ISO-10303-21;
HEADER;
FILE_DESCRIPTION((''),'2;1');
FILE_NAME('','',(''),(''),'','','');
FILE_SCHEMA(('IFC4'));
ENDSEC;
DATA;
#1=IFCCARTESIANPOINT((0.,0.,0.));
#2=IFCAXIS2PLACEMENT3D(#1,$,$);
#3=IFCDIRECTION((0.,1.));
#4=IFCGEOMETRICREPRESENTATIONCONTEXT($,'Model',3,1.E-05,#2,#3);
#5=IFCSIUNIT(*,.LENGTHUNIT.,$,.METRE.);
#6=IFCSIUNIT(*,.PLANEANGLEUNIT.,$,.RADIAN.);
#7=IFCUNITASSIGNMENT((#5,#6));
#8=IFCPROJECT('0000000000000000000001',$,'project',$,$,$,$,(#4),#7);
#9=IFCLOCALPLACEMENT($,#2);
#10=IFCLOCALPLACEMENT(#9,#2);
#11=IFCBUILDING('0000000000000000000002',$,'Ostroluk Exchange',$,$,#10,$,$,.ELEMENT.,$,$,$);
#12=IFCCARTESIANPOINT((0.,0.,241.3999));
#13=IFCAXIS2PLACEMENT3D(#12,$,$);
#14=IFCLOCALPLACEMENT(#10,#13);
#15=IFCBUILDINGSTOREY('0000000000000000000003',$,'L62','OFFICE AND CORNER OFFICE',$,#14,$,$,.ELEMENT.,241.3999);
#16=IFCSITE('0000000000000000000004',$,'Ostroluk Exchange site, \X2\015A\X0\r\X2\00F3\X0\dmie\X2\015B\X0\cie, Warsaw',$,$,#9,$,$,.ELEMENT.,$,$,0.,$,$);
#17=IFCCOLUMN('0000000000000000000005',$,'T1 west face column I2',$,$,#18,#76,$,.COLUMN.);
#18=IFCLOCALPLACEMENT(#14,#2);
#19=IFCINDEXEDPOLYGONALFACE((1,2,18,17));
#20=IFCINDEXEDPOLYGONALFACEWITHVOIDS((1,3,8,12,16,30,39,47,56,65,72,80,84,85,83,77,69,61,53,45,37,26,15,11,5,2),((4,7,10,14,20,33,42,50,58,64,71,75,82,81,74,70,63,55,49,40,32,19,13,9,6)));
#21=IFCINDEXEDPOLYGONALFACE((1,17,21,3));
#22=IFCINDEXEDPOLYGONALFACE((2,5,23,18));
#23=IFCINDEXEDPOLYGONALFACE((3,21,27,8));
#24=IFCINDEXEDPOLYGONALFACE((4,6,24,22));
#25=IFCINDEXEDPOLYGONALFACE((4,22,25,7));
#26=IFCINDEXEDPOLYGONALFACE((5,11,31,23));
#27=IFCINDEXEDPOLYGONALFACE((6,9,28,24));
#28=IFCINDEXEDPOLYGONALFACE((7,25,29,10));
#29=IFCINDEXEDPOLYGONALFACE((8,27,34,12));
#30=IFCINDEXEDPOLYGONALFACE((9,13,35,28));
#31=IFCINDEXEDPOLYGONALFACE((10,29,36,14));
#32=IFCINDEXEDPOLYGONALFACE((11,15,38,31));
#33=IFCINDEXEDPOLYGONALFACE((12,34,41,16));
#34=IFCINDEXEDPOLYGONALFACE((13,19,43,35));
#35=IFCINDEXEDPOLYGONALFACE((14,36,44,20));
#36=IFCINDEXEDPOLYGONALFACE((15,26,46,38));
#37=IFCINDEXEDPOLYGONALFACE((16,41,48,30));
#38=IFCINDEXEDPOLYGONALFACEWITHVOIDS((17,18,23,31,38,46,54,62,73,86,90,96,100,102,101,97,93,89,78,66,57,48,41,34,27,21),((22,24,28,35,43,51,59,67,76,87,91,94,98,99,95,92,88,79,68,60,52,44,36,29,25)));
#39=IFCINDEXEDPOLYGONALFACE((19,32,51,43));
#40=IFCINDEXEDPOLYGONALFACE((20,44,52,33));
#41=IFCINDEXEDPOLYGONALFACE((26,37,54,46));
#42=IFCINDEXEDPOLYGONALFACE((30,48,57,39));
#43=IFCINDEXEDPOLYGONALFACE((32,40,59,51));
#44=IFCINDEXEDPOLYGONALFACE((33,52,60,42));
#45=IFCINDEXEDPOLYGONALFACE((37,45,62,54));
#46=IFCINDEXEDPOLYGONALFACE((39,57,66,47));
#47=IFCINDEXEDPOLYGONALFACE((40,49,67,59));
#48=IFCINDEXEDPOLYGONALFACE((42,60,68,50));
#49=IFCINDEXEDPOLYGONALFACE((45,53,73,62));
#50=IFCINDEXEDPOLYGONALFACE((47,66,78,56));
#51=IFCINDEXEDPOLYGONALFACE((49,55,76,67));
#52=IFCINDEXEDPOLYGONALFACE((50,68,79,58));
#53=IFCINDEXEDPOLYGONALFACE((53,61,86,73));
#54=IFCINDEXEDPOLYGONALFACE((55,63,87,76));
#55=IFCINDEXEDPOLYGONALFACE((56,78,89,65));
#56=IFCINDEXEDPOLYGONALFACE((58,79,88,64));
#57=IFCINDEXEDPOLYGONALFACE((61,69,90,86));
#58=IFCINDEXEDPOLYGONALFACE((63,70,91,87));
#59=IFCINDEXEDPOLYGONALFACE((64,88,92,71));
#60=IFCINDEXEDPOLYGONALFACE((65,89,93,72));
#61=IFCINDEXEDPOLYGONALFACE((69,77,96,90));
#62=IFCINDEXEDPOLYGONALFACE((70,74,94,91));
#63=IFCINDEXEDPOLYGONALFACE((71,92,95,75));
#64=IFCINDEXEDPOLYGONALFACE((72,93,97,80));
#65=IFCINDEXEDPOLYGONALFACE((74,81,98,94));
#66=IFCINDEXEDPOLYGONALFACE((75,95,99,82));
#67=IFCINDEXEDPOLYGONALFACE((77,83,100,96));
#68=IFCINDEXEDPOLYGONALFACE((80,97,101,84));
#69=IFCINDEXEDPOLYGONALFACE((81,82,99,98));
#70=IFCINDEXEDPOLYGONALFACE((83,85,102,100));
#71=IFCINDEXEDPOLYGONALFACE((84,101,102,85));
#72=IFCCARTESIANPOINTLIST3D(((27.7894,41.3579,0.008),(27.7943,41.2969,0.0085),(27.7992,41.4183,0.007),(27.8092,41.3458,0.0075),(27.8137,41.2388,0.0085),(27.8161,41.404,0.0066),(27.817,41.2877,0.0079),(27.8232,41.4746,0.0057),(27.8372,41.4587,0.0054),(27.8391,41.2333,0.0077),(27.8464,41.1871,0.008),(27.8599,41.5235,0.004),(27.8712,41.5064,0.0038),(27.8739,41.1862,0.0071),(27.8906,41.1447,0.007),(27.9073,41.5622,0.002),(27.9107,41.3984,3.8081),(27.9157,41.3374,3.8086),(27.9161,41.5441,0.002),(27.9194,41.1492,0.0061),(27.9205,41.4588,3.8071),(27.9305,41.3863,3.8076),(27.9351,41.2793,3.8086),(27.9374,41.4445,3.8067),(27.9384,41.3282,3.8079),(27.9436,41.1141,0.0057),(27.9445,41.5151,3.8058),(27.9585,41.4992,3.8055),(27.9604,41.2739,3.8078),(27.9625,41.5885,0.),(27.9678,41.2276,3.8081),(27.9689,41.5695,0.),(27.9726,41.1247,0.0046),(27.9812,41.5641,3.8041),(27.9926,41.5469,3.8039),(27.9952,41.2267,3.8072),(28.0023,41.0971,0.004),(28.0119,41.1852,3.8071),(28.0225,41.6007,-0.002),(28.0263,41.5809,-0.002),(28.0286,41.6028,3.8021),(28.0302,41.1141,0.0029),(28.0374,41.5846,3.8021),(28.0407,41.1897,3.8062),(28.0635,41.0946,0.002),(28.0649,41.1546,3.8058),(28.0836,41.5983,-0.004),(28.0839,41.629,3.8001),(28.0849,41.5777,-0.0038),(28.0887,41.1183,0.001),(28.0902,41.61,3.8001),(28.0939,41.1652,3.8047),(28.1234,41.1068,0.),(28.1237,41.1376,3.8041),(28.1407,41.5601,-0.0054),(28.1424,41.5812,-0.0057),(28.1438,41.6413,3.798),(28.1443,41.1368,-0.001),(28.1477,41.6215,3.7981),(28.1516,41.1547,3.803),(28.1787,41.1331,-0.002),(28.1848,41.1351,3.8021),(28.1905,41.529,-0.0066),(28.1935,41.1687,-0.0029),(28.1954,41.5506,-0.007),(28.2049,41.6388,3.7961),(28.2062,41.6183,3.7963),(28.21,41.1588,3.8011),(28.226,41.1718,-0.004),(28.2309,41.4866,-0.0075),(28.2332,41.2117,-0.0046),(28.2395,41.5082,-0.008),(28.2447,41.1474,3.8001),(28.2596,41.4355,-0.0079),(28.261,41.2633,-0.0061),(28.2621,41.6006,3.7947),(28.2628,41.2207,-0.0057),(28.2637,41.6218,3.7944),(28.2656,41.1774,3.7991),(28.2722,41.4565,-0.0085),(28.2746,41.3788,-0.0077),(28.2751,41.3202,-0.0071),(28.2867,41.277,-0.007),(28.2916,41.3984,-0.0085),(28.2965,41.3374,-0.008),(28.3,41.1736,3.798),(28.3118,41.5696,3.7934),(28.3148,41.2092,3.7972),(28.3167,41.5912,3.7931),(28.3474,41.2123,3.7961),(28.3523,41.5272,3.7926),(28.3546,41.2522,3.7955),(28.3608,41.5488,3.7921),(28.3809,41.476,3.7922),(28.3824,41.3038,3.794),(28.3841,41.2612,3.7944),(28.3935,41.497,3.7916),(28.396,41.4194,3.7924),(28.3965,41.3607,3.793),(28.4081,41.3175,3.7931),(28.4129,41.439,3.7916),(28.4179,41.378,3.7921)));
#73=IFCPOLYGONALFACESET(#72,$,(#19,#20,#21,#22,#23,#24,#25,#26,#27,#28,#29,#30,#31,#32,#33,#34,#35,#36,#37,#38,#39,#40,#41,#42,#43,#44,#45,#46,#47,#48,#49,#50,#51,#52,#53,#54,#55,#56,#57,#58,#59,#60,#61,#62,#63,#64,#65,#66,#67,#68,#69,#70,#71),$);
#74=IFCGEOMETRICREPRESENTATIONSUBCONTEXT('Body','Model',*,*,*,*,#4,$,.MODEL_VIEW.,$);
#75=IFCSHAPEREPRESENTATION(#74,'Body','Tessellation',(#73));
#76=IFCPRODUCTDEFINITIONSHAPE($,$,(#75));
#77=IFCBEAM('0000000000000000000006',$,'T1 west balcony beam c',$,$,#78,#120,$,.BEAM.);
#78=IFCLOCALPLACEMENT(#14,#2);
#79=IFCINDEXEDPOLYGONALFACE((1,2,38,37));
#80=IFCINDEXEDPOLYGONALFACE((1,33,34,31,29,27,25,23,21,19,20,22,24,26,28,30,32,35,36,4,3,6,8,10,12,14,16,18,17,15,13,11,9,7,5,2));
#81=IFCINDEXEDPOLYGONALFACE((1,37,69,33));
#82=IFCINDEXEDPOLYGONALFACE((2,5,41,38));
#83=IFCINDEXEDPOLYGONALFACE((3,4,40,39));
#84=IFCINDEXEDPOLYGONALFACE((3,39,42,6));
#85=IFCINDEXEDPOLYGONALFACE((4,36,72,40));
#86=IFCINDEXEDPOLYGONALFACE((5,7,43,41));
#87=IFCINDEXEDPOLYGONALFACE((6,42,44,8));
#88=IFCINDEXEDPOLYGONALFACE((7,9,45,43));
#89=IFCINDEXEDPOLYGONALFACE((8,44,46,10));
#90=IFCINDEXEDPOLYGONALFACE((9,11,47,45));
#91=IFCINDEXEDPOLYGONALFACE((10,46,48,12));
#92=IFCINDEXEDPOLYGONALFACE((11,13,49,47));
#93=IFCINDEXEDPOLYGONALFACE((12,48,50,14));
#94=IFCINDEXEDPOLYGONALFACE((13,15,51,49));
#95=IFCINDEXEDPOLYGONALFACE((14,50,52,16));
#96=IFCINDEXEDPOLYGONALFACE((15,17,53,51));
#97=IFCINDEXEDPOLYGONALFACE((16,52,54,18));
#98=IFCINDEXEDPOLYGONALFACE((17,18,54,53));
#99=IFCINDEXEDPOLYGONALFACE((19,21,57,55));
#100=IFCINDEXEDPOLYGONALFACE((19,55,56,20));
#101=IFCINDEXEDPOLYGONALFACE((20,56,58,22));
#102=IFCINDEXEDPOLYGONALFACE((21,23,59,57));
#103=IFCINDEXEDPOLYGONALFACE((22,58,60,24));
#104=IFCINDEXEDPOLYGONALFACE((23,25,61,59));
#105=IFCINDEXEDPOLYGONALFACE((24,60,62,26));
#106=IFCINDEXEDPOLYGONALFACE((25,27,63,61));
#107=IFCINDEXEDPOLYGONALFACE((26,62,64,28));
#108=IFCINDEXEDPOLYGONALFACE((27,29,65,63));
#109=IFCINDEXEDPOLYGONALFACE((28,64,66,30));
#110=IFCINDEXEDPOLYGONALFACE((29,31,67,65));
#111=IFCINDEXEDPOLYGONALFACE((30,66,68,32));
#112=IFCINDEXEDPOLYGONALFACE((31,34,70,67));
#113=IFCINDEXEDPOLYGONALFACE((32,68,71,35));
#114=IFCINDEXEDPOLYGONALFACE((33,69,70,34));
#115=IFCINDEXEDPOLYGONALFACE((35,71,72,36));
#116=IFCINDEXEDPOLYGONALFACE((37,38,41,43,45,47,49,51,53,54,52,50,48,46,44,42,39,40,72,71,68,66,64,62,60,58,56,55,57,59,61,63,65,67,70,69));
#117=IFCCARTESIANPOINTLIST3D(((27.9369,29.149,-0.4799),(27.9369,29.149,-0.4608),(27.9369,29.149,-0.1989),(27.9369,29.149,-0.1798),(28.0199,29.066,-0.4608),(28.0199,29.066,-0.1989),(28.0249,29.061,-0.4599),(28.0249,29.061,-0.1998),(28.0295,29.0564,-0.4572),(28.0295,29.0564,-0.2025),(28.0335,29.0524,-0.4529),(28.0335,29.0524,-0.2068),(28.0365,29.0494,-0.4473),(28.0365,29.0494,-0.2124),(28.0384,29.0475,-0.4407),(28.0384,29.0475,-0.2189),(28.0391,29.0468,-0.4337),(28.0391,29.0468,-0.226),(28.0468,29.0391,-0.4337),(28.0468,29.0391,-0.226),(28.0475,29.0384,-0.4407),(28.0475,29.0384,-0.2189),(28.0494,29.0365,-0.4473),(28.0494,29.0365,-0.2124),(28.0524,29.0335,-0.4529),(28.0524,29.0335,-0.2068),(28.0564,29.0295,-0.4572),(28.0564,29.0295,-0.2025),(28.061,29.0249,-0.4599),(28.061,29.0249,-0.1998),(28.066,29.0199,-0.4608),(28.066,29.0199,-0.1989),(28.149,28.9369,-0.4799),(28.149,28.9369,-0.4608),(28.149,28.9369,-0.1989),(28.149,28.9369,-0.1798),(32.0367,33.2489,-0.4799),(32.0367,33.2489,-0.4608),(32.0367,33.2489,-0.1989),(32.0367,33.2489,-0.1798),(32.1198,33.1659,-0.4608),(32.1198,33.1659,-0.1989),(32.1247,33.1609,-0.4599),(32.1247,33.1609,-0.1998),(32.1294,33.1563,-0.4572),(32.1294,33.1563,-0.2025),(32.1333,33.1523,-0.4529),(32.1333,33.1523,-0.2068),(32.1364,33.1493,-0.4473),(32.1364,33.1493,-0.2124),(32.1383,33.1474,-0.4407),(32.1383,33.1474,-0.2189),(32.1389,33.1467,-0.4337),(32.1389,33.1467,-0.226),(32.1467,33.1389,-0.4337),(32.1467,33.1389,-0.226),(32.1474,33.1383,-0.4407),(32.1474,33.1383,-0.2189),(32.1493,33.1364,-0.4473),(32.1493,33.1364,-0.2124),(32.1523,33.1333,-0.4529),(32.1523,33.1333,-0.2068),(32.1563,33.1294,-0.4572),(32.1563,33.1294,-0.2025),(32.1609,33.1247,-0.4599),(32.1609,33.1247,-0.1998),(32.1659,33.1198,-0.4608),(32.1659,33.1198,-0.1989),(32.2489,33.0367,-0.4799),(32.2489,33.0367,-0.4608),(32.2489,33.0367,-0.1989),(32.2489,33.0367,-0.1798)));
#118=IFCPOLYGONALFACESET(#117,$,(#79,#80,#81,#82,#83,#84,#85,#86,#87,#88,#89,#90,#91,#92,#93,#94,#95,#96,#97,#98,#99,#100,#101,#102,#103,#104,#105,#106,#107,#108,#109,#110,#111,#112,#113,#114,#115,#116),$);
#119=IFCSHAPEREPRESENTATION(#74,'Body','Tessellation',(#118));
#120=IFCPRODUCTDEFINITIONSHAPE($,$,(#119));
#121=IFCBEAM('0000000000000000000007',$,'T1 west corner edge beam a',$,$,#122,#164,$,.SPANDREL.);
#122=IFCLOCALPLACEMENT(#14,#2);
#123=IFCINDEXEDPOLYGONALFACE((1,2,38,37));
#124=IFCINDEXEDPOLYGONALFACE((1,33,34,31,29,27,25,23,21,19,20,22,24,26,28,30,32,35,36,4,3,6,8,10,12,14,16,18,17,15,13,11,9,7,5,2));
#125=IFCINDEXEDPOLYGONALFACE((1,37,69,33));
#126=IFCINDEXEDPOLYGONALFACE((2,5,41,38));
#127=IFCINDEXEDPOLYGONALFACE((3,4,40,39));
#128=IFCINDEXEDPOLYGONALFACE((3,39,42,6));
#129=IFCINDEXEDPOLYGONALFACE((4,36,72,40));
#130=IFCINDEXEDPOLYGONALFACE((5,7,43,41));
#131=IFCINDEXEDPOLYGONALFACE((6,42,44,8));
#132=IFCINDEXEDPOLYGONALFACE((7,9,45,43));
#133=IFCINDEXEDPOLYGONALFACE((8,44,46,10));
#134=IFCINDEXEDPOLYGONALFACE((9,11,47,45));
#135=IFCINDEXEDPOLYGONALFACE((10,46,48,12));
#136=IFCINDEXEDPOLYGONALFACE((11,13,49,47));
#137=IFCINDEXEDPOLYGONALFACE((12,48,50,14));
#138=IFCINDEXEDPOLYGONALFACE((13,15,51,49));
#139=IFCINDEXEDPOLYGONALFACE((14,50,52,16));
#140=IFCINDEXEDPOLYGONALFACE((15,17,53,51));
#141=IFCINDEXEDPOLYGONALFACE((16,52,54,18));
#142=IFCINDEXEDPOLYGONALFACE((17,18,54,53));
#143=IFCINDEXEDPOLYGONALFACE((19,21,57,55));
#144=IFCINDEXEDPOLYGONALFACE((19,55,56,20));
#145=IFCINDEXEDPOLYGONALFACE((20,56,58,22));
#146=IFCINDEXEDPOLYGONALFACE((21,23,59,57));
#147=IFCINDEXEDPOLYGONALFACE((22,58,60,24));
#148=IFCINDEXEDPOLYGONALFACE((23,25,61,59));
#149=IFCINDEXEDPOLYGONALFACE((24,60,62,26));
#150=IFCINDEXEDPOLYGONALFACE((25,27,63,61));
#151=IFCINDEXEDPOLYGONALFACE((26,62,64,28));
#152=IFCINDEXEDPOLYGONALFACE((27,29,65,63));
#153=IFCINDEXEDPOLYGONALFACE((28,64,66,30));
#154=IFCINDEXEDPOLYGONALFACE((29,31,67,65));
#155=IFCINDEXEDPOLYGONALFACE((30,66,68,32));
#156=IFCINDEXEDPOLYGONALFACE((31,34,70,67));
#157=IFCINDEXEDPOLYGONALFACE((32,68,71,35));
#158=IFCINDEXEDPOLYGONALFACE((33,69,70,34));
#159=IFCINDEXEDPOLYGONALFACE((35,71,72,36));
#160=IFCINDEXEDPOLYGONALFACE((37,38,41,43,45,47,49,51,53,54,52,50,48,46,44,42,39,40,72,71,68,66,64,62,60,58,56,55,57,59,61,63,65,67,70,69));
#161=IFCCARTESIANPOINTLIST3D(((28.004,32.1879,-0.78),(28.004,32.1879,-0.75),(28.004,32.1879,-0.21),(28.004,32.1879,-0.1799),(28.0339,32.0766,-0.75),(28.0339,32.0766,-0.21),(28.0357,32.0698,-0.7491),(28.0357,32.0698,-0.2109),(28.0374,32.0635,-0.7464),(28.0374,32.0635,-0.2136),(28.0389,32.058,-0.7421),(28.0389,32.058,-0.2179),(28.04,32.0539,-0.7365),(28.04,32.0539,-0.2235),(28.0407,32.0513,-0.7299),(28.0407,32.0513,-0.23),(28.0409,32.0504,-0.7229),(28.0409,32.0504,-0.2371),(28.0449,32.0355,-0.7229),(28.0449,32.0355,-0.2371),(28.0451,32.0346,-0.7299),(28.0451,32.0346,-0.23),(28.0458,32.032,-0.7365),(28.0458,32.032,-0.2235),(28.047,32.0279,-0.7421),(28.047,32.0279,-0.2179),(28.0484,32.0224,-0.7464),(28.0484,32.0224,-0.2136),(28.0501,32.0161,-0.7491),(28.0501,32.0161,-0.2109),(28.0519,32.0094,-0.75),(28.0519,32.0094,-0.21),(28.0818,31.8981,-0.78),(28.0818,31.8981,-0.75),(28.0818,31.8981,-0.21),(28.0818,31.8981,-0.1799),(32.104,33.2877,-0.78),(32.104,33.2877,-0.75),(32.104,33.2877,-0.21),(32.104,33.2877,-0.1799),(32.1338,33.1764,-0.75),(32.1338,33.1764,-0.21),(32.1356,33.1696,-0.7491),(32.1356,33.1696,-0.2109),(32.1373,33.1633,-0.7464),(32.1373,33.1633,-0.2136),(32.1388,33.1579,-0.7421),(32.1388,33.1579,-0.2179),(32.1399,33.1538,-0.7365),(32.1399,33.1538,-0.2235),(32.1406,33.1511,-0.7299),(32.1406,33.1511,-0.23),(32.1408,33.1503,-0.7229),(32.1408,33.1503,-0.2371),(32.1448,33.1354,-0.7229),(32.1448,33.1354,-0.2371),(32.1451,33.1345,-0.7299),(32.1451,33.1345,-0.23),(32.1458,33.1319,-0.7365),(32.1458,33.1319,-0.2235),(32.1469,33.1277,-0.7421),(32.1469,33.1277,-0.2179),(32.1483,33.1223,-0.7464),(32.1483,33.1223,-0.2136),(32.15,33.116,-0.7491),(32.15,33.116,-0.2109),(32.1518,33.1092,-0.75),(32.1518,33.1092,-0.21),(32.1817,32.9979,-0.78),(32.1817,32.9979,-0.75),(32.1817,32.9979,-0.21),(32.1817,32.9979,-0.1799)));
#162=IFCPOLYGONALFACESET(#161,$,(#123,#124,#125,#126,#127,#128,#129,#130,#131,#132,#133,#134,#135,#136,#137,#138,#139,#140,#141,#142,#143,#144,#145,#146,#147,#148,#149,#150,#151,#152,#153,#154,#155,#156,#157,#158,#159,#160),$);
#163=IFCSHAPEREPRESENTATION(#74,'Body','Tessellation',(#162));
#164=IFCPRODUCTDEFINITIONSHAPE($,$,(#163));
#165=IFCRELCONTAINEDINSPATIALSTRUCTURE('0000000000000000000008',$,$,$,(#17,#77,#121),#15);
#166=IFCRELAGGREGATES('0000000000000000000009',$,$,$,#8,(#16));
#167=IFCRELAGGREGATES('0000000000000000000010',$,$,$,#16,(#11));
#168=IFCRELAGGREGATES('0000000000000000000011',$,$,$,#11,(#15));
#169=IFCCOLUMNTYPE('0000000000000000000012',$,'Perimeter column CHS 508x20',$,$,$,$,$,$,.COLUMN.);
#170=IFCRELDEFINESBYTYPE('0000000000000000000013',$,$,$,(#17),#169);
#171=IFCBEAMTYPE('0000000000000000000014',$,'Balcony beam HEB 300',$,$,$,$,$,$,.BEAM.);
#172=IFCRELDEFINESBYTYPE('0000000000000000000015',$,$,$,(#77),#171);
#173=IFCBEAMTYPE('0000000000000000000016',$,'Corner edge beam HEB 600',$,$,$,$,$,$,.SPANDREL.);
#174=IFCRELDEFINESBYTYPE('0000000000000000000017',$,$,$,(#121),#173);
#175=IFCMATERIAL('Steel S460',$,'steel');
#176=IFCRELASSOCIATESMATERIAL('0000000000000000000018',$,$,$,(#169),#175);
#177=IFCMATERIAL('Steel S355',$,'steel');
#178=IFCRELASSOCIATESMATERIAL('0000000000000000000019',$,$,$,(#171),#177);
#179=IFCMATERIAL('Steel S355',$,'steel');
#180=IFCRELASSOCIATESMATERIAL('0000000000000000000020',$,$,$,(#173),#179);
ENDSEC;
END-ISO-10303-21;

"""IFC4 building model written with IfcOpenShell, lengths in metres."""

from ifc_helpers import new_model, si_unit, direction, frame, origin, origin_2d, place, context, subcontext, project, spatial, hollow_circle, i_section, extrude, material, material_profile, profile_set, type_object, element, save


model = new_model("IFC4")

# Units and contexts
model_context = context("Model", 3, precision=1e-05, world=origin(), true_north=direction((0.0, 1.0)))
body_context = subcontext(model_context, "Body", "Model", "MODEL_VIEW")
ifc_project = project(units=[si_unit("LENGTHUNIT", "METRE"), si_unit("PLANEANGLEUNIT", "RADIAN")], contexts=[model_context])

# Site, building, storey
site_placement = place(None, origin())
site = spatial("IfcSite", under=ifc_project, at=site_placement, Name="Ostroluk Exchange site, Śródmieście, Warsaw", CompositionType="ELEMENT", RefElevation=0.0)
building_placement = place(site_placement, origin())
building = spatial("IfcBuilding", under=site, at=building_placement, Name="Ostroluk Exchange", CompositionType="ELEMENT")
storey_placement = place(building_placement, frame((0.0, 0.0, 241.3999)))
storey = spatial("IfcBuildingStorey", under=building, at=storey_placement, Name="L62", Description="OFFICE AND CORNER OFFICE", CompositionType="ELEMENT", Elevation=241.3999)

# Column
ifc_material_1 = material(Name="Steel S460", Category="steel")
ifc_material_profile_1 = material_profile(ifc_material_1, hollow_circle(Radius=0.2539, WallThickness=0.02, at=origin_2d()), Name="CHS 508x20")
ifc_profile_set_1 = profile_set([ifc_material_profile_1], Name="Steel S460")
column_type = type_object("IfcColumnType", Name="Perimeter column CHS 508x20", PredefinedType="COLUMN", material=ifc_profile_set_1)
column_placement = place(storey_placement, frame((28.043, 41.3477, 0.0), z_axis=(0.031913, 0.010659, 0.999434), x_axis=(-0.3168, 0.948492, 0.0)))
element("IfcColumn", 1, at=column_placement, inside=storey, type_object=column_type, Name="T1 west face column I2", PredefinedType="COLUMN", context=body_context, shape_type="SweptSolid", body=[
    extrude(hollow_circle(Radius=0.2539, WallThickness=0.02, at=origin_2d()), origin(), (0.0, 0.0, 1.0), 3.8022),
])

# Beams
ifc_material_2 = material(Name="Steel S355", Category="steel")
ifc_material_profile_2 = material_profile(ifc_material_2, i_section(OverallWidth=0.3, OverallDepth=0.3, WebThickness=0.011, FlangeThickness=0.019, FilletRadius=0.0271, at=origin_2d()), Name="HEB 300")
ifc_profile_set_2 = profile_set([ifc_material_profile_2], Name="Steel S355")
beam_type_1 = type_object("IfcBeamType", Name="Balcony beam HEB 300", PredefinedType="BEAM", material=ifc_profile_set_2)
beam_1_placement = place(storey_placement, frame((32.1428, 33.1428, -0.3298), z_axis=(-0.707107, -0.707107, 0.0), x_axis=(0.707107, -0.707107, 0.0)))
element("IfcBeam", 2, at=beam_1_placement, inside=storey, type_object=beam_type_1, Name="T1 west balcony beam c", PredefinedType="BEAM", context=body_context, shape_type="SweptSolid", body=[
    extrude(i_section(OverallWidth=0.3, OverallDepth=0.3, WebThickness=0.011, FlangeThickness=0.019, FilletRadius=0.0271, at=origin_2d()), origin(), (0.0, 0.0, 1.0), 5.7981),
])
ifc_material_3 = material(Name="Steel S355", Category="steel")
ifc_material_profile_3 = material_profile(ifc_material_3, i_section(OverallWidth=0.3, OverallDepth=0.6001, WebThickness=0.0154, FlangeThickness=0.03, FilletRadius=0.0271, at=origin_2d()), Name="HEB 600")
ifc_profile_set_3 = profile_set([ifc_material_profile_3], Name="Steel S355")
beam_type_2 = type_object("IfcBeamType", Name="Corner edge beam HEB 600", PredefinedType="SPANDREL", material=ifc_profile_set_3)
for number, where, z_axis, x_axis, name in (
    (3, (32.1428, 33.1428, -0.48), (-0.965849, -0.259105, 0.0), (0.259105, -0.965849, 0.0), "T1 west corner edge beam a"),
):
    element("IfcBeam", number, at=place(storey_placement, frame(where, z_axis=z_axis, x_axis=x_axis)), inside=storey, type_object=beam_type_2, Name=name, PredefinedType="SPANDREL", context=body_context, shape_type="SweptSolid", body=[
        extrude(i_section(OverallWidth=0.3, OverallDepth=0.6001, WebThickness=0.0154, FlangeThickness=0.03, FilletRadius=0.0271, at=origin_2d()), origin(), (0.0, 0.0, 1.0), 4.2449),
    ])

save(model, "model.ifc")
